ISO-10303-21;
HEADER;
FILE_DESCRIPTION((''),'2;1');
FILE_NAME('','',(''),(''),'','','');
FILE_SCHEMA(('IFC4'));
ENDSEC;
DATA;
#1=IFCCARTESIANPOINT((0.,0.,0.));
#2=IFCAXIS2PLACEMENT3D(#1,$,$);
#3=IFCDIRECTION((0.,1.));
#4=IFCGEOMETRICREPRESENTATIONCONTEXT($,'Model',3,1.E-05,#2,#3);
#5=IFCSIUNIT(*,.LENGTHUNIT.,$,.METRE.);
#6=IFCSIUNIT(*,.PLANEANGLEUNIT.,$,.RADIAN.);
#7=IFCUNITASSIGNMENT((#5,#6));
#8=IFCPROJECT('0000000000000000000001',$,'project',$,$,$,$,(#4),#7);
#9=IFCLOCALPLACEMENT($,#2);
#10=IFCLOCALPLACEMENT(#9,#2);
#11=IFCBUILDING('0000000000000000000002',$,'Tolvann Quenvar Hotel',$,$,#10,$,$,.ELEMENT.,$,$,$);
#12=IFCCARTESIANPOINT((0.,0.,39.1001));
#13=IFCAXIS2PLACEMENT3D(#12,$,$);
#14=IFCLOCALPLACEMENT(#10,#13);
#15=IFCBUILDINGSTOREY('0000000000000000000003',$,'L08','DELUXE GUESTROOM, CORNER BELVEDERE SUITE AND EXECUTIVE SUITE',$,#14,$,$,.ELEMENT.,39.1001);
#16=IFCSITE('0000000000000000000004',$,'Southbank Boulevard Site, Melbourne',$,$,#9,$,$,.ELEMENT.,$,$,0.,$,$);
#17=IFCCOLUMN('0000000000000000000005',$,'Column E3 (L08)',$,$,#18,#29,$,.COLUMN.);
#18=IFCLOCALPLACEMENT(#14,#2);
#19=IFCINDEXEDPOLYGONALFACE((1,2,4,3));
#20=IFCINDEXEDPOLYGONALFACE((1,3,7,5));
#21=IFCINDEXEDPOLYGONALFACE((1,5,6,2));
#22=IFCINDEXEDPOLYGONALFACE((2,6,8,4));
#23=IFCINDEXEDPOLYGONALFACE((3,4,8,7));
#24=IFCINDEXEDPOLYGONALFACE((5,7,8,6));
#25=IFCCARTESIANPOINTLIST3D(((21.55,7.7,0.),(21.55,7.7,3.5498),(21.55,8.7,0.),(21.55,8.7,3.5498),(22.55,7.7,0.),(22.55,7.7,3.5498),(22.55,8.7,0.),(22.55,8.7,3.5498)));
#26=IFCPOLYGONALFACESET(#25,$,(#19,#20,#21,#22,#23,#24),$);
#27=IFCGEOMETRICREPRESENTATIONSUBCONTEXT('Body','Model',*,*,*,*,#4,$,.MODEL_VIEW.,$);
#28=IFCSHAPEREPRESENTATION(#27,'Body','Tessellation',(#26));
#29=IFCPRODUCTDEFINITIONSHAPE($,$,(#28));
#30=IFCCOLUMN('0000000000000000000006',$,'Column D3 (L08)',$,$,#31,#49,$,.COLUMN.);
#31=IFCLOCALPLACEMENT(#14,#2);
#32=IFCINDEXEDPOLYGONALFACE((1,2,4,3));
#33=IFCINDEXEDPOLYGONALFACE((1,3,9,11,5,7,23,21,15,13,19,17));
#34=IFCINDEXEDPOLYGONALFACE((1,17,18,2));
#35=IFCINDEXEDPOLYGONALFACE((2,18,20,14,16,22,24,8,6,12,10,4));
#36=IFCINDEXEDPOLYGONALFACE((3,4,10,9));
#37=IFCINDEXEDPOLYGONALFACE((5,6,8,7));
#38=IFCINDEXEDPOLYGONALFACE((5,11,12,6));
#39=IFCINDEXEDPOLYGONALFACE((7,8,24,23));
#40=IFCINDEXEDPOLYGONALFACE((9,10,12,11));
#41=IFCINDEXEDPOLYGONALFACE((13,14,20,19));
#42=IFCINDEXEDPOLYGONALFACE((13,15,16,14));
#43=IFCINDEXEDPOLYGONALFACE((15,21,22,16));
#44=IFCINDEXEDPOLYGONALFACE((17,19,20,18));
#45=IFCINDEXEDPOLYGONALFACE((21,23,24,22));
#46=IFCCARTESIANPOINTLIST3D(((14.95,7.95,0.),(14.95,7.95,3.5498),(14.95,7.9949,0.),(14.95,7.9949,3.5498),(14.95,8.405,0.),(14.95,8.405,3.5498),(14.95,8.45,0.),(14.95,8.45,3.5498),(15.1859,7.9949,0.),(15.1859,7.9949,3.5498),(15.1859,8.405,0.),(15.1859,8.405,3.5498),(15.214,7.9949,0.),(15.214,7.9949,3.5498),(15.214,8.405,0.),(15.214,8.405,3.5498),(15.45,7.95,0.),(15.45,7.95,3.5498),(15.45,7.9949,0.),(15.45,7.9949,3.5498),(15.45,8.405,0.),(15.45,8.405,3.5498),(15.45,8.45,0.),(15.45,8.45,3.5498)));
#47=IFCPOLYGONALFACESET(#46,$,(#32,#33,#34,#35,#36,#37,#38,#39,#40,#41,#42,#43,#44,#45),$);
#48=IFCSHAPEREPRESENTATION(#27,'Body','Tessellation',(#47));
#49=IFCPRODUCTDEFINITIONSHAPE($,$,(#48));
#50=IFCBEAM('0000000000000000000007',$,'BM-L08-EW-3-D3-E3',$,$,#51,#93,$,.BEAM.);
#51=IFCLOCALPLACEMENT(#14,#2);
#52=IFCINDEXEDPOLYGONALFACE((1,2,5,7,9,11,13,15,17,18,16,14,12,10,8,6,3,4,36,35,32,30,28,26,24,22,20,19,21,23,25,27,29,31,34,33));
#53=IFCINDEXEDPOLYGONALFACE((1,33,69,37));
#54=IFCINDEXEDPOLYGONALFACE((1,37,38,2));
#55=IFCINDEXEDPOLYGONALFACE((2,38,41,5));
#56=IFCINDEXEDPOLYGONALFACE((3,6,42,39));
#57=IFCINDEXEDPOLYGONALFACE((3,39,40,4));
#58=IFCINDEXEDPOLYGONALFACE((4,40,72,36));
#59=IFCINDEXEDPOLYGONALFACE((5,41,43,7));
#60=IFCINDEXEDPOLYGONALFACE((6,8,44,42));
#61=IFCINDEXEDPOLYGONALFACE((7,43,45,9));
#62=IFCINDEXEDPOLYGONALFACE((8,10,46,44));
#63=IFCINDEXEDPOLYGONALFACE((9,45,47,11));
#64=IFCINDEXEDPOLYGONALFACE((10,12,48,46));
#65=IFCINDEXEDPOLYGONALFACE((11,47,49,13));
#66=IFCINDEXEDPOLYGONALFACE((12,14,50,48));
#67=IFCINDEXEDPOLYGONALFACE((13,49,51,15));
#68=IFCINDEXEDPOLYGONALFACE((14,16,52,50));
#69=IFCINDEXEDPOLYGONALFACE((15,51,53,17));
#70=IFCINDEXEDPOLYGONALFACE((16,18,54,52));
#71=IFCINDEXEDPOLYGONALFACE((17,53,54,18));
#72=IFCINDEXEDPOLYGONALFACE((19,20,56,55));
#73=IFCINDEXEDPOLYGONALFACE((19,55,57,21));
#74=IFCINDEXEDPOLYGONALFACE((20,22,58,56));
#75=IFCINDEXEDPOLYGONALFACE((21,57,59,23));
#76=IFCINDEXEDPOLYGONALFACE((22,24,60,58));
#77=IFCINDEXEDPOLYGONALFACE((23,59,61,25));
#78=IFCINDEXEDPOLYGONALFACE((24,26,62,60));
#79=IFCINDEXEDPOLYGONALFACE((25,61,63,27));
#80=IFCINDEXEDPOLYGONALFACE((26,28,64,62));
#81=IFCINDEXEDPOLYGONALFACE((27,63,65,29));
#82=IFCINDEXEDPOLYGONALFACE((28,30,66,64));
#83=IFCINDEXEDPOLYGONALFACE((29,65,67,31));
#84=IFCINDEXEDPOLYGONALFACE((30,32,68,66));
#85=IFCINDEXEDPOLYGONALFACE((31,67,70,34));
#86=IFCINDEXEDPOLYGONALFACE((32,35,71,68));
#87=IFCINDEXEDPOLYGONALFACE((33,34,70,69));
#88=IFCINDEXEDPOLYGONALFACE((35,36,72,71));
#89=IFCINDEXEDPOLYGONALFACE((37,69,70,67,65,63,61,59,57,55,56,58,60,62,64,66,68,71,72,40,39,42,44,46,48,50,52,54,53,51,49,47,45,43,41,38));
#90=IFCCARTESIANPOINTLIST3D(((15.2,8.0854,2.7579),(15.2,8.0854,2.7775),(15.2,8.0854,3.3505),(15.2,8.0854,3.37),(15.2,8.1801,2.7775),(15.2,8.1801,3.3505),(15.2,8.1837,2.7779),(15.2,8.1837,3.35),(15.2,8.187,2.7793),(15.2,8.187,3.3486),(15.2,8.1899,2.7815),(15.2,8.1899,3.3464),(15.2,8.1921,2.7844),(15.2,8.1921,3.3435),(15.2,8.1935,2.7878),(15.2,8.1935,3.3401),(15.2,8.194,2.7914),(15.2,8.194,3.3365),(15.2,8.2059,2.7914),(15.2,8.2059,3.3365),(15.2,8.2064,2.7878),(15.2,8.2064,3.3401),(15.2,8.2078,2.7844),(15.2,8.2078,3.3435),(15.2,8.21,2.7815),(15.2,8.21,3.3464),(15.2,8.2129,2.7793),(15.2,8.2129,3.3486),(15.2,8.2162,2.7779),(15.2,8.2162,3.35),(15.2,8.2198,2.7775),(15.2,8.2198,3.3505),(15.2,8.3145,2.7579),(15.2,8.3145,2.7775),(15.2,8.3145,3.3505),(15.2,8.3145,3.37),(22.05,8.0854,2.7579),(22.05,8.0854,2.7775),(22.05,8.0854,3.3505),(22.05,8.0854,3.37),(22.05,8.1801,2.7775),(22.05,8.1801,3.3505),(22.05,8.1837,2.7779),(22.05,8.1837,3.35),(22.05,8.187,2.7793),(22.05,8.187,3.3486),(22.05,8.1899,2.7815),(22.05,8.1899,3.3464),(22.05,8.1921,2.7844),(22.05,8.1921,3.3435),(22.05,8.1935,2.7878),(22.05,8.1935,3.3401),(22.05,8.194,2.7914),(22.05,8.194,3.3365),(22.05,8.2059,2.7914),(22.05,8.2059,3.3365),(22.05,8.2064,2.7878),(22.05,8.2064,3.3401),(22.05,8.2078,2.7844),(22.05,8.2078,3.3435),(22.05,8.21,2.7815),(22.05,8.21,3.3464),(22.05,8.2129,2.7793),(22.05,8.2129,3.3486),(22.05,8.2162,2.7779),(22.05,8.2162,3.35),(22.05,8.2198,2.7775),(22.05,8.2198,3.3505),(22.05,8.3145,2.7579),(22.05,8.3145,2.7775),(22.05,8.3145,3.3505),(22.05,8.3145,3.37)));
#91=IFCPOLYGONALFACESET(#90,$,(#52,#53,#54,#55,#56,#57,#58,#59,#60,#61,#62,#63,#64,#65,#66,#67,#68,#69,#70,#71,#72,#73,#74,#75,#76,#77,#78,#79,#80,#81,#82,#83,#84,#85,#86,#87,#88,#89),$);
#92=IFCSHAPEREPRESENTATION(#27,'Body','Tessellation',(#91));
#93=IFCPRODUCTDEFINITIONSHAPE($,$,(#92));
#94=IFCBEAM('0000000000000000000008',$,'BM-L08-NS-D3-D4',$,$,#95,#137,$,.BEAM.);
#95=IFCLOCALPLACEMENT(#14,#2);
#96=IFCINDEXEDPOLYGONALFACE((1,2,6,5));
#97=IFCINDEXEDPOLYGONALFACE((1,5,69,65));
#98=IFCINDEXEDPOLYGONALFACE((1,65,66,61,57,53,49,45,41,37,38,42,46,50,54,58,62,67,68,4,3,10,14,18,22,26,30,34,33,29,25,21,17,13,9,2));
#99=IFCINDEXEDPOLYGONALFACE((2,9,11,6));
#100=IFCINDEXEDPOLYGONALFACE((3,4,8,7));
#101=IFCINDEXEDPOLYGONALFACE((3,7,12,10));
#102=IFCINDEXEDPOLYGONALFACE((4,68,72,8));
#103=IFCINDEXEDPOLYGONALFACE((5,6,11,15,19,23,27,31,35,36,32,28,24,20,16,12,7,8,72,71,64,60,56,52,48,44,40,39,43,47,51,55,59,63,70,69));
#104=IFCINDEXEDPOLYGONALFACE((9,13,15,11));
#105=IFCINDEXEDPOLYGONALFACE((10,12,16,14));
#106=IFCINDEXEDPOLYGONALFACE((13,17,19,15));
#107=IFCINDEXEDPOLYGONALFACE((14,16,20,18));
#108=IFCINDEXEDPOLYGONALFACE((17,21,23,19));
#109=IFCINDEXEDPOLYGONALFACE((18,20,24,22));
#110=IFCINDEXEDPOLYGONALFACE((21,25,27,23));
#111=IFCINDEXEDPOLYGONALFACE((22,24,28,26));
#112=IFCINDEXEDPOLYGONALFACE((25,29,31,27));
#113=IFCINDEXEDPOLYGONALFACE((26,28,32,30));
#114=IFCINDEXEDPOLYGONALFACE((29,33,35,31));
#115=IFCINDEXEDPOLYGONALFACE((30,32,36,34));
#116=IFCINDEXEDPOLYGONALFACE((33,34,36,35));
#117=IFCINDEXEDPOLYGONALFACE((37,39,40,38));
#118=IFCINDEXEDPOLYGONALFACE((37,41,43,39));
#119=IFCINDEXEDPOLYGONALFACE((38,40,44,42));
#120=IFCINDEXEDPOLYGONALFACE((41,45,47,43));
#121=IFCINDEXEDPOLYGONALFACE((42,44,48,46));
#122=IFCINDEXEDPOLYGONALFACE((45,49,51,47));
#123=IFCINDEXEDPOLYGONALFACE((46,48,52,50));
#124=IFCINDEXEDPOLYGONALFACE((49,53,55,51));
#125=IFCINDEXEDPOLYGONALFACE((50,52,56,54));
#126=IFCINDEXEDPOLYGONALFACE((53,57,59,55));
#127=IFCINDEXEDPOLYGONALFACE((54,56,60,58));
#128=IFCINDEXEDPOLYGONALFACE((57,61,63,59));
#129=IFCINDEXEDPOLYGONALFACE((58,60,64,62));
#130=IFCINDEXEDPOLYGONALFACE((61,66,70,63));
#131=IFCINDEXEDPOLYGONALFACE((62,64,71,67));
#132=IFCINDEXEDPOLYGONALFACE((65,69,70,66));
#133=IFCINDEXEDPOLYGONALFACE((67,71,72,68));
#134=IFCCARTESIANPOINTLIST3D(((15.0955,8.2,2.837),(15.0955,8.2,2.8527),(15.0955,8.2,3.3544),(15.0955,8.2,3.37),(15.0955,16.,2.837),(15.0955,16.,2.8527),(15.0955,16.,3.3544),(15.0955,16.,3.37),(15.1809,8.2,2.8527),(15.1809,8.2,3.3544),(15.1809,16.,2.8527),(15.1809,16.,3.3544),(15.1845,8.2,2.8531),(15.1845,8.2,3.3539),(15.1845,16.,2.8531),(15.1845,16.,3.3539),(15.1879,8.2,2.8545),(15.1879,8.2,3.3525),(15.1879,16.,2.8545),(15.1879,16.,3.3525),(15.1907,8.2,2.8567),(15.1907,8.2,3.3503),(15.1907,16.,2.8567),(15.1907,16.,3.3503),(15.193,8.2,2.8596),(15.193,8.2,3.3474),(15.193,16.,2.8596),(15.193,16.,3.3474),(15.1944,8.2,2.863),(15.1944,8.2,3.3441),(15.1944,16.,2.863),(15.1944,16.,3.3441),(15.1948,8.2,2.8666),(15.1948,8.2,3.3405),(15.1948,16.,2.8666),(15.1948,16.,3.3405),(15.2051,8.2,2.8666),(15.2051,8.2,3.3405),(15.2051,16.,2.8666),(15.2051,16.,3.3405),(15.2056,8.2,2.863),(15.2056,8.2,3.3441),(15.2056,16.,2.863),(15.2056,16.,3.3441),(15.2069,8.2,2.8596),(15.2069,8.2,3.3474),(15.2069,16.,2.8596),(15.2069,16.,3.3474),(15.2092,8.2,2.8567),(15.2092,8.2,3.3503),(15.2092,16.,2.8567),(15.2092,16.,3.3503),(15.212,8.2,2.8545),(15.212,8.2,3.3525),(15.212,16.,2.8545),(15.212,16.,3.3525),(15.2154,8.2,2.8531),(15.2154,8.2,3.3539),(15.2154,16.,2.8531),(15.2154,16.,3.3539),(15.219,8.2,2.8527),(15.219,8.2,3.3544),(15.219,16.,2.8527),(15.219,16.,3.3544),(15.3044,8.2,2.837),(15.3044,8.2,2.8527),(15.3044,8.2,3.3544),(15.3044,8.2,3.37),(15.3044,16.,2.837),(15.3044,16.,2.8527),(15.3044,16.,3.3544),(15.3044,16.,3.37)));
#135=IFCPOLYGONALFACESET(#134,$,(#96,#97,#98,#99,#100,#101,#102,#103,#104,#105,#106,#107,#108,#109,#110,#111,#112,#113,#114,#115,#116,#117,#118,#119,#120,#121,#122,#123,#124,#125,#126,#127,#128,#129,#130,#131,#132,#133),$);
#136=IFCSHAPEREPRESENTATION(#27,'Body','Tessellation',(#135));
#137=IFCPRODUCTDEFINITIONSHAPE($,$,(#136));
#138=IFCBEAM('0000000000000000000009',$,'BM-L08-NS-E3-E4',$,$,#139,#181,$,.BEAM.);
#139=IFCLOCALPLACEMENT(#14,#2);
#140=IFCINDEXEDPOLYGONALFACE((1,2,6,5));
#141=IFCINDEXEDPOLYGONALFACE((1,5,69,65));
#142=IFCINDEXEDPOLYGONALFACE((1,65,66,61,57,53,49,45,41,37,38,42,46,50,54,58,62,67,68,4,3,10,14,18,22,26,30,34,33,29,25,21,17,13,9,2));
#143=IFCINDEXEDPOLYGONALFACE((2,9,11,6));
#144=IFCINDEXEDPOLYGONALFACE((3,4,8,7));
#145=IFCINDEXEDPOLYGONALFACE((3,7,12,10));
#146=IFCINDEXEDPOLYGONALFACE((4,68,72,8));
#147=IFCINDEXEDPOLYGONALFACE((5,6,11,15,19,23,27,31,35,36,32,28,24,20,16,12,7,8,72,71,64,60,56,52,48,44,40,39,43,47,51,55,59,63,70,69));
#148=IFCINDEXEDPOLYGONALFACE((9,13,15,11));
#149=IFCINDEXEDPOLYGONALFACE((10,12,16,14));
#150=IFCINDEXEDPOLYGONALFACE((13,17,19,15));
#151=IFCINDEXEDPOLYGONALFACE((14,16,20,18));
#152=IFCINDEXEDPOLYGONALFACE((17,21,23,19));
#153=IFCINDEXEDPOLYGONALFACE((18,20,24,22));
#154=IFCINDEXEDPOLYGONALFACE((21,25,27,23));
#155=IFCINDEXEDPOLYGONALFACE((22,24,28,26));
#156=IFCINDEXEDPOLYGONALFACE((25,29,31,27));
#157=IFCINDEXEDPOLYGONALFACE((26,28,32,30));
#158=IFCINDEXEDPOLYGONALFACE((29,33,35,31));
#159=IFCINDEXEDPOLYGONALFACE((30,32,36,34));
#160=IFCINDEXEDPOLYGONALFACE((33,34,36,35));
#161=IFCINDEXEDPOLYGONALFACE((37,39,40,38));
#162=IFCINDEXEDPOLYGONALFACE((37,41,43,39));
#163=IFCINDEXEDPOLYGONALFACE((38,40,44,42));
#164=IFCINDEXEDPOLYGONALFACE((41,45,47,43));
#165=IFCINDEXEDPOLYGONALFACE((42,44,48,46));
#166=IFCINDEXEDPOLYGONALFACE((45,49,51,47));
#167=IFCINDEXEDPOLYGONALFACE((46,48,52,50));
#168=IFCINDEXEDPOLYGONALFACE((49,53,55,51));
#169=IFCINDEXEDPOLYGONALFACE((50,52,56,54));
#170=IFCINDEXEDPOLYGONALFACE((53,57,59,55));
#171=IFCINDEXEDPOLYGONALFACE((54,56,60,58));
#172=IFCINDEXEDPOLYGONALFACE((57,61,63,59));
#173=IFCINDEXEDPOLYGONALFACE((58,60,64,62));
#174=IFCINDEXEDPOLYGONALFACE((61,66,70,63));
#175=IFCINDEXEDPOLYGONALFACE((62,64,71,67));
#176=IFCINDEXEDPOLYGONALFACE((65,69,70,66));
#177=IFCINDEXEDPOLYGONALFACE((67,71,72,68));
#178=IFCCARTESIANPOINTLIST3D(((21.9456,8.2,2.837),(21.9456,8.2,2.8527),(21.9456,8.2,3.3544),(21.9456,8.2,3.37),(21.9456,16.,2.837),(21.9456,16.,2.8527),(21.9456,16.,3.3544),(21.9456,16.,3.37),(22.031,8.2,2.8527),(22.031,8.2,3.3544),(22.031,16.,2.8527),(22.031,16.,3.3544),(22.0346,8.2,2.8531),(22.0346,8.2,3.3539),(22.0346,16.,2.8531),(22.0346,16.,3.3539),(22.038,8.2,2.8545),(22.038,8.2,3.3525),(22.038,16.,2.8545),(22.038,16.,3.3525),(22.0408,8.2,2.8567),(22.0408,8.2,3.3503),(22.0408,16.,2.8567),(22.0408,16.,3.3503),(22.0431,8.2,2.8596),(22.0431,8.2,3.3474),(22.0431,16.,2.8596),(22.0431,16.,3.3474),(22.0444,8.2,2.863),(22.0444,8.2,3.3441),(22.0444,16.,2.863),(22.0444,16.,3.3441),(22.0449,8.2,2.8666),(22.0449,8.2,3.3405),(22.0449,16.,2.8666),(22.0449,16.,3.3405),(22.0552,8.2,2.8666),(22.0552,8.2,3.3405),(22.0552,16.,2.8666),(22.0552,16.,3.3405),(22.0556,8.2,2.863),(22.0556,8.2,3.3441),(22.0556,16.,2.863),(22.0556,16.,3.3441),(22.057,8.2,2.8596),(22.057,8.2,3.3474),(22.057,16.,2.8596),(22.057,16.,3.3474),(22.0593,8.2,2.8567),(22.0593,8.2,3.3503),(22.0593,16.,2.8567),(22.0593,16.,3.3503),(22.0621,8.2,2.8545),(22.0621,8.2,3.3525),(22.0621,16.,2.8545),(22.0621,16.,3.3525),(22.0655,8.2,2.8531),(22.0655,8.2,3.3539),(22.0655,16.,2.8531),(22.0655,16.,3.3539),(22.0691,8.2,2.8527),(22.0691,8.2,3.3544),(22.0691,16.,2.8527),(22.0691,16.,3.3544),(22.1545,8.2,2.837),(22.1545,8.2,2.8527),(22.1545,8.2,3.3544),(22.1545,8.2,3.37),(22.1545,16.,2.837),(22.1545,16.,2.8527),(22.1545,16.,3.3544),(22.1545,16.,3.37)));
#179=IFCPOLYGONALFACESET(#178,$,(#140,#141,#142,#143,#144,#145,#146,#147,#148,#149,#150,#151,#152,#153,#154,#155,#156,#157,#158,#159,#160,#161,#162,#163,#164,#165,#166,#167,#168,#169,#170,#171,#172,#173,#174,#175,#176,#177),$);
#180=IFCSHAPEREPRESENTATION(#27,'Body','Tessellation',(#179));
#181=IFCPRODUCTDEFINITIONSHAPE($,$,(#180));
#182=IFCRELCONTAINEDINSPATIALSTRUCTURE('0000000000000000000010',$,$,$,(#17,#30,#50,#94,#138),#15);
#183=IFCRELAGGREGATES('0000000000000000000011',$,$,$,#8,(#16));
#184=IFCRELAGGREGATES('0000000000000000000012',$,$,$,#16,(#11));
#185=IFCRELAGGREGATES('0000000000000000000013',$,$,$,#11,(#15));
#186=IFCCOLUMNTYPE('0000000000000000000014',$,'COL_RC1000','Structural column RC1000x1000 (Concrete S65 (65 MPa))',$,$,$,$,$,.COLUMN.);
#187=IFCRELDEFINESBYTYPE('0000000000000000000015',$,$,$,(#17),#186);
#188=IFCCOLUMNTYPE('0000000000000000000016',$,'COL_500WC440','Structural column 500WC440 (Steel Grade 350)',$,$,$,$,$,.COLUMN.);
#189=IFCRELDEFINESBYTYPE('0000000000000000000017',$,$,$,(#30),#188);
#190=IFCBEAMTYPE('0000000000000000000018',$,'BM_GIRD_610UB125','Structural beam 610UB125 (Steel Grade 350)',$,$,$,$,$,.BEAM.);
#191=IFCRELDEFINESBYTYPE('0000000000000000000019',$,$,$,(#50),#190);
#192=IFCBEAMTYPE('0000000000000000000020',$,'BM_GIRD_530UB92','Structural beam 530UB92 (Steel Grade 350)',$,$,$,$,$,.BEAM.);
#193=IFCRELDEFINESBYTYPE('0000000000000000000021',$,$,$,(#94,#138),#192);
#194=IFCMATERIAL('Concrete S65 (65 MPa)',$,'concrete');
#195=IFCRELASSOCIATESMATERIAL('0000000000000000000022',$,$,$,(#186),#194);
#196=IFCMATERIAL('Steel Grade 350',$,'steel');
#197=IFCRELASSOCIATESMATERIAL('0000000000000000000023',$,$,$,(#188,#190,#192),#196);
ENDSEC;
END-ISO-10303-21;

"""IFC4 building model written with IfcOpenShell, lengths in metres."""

from ifc_helpers import new_model, si_unit, direction, frame, origin, origin_2d, place, context, subcontext, project, spatial, rectangle, i_section, extrude, source, transform, mapped, material, material_profile, profile_set, type_object, type_shapes, element, save


model = new_model("IFC4")

# Units and contexts
model_context = context("Model", 3, precision=1e-05, world=origin(), true_north=direction((0.0, 1.0)))
body_context = subcontext(model_context, "Body", "Model", "MODEL_VIEW")
ifc_project = project(units=[si_unit("LENGTHUNIT", "METRE"), si_unit("PLANEANGLEUNIT", "RADIAN")], contexts=[model_context])

# Site, building, storey
site_placement = place(None, origin())
site = spatial("IfcSite", under=ifc_project, at=site_placement, Name="Southbank Boulevard Site, Melbourne", CompositionType="ELEMENT", RefElevation=0.0)
building_placement = place(site_placement, origin())
building = spatial("IfcBuilding", under=site, at=building_placement, Name="Tolvann Quenvar Hotel", CompositionType="ELEMENT")
storey_placement = place(building_placement, frame((0.0, 0.0, 39.1001)))
storey = spatial("IfcBuildingStorey", under=building, at=storey_placement, Name="L08", Description="DELUXE GUESTROOM, CORNER BELVEDERE SUITE AND EXECUTIVE SUITE", CompositionType="ELEMENT", Elevation=39.1001)

# Columns
ifc_material_1 = material(Name="Concrete S65 (65 MPa)", Category="concrete")
ifc_material_profile_1 = material_profile(ifc_material_1, rectangle(XDim=1.0, YDim=1.0, at=origin_2d()), Name="RC1000x1000")
ifc_profile_set_1 = profile_set([ifc_material_profile_1], Name="Concrete S65 (65 MPa)")
column_type_1 = type_object("IfcColumnType", Name="COL_RC1000", Description="Structural column RC1000x1000 (Concrete S65 (65 MPa))", PredefinedType="COLUMN", material=ifc_profile_set_1)
shared_shape_1 = source(origin(), body_context, "Body", "SweptSolid", [
    extrude(rectangle(XDim=1.0, YDim=1.0, at=origin_2d()), origin(), (0.0, 0.0, 1.0), 3.5498),
])
type_shapes(column_type_1, [shared_shape_1])
column_1_placement = place(storey_placement, frame((22.05, 8.2, 0.0), z_axis=(0.0, 0.0, 1.0), x_axis=(1.0, 0.0, 0.0)))
element("IfcColumn", 1, at=column_1_placement, inside=storey, type_object=column_type_1, Name="Column E3 (L08)", PredefinedType="COLUMN", context=body_context, shape_type="MappedRepresentation", body=[
    mapped(shared_shape_1, transform((0.0, 0.0, 0.0), x_axis=(1.0, 0.0, 0.0), y_axis=(0.0, 1.0, 0.0), z_axis=(0.0, 0.0, 1.0), scale=1.0)),
])
ifc_material_2 = material(Name="Steel Grade 350", Category="steel")
ifc_material_profile_2 = material_profile(ifc_material_2, i_section(OverallWidth=0.5, OverallDepth=0.5, WebThickness=0.0281, FlangeThickness=0.0449, at=origin_2d()), Name="500WC440")
ifc_profile_set_2 = profile_set([ifc_material_profile_2], Name="Steel Grade 350")
column_type_2 = type_object("IfcColumnType", Name="COL_500WC440", Description="Structural column 500WC440 (Steel Grade 350)", PredefinedType="COLUMN", material=ifc_profile_set_2)
shared_shape_2 = source(origin(), body_context, "Body", "SweptSolid", [
    extrude(i_section(OverallWidth=0.5, OverallDepth=0.5, WebThickness=0.0281, FlangeThickness=0.0449, at=origin_2d()), origin(), (0.0, 0.0, 1.0), 3.5498),
])
type_shapes(column_type_2, [shared_shape_2])
column_2_placement = place(storey_placement, frame((15.2, 8.2, 0.0), z_axis=(0.0, 0.0, 1.0), x_axis=(1.0, 0.0, 0.0)))
element("IfcColumn", 2, at=column_2_placement, inside=storey, type_object=column_type_2, Name="Column D3 (L08)", PredefinedType="COLUMN", context=body_context, shape_type="MappedRepresentation", body=[
    mapped(shared_shape_2, transform((0.0, 0.0, 0.0), x_axis=(1.0, 0.0, 0.0), y_axis=(0.0, 1.0, 0.0), z_axis=(0.0, 0.0, 1.0), scale=1.0)),
])

# Beams
ifc_material_profile_3 = material_profile(ifc_material_2, i_section(OverallWidth=0.229, OverallDepth=0.6121, WebThickness=0.012, FlangeThickness=0.0195, FilletRadius=0.0139, at=origin_2d()), Name="610UB125")
ifc_profile_set_3 = profile_set([ifc_material_profile_3], Name="Steel Grade 350")
beam_type_1 = type_object("IfcBeamType", Name="BM_GIRD_610UB125", Description="Structural beam 610UB125 (Steel Grade 350)", PredefinedType="BEAM", material=ifc_profile_set_3)
shared_shape_3 = source(origin(), body_context, "Body", "SweptSolid", [
    extrude(i_section(OverallWidth=0.229, OverallDepth=0.6121, WebThickness=0.012, FlangeThickness=0.0195, FilletRadius=0.0139, at=origin_2d()), origin(), (0.0, 0.0, 1.0), 6.8501),
])
type_shapes(beam_type_1, [shared_shape_3])
beam_placement = place(storey_placement, frame((15.2, 8.2, 3.064), z_axis=(1.0, 0.0, 0.0), x_axis=(0.0, 1.0, 0.0)))
element("IfcBeam", 3, at=beam_placement, inside=storey, type_object=beam_type_1, Name="BM-L08-EW-3-D3-E3", PredefinedType="BEAM", context=body_context, shape_type="MappedRepresentation", body=[
    mapped(shared_shape_3, transform((0.0, 0.0, 0.0), x_axis=(1.0, 0.0, 0.0), y_axis=(0.0, 1.0, 0.0), z_axis=(0.0, 0.0, 1.0), scale=1.0)),
])
ifc_material_profile_4 = material_profile(ifc_material_2, i_section(OverallWidth=0.209, OverallDepth=0.533, WebThickness=0.0103, FlangeThickness=0.0156, FilletRadius=0.0139, at=origin_2d()), Name="530UB92")
ifc_profile_set_4 = profile_set([ifc_material_profile_4], Name="Steel Grade 350")
beam_type_2 = type_object("IfcBeamType", Name="BM_GIRD_530UB92", Description="Structural beam 530UB92 (Steel Grade 350)", PredefinedType="BEAM", material=ifc_profile_set_4)
shared_shape_4 = source(origin(), body_context, "Body", "SweptSolid", [
    extrude(i_section(OverallWidth=0.209, OverallDepth=0.533, WebThickness=0.0103, FlangeThickness=0.0156, FilletRadius=0.0139, at=origin_2d()), origin(), (0.0, 0.0, 1.0), 7.8),
])
type_shapes(beam_type_2, [shared_shape_4])
for number, where, z_axis, x_axis, name in (
    (4, (15.2, 8.2, 3.1035), (0.0, 1.0, 0.0), (-1.0, 0.0, 0.0), "BM-L08-NS-D3-D4"),
    (5, (22.05, 8.2, 3.1035), (0.0, 1.0, 0.0), (-1.0, 0.0, 0.0), "BM-L08-NS-E3-E4"),
):
    element("IfcBeam", number, at=place(storey_placement, frame(where, z_axis=z_axis, x_axis=x_axis)), inside=storey, type_object=beam_type_2, Name=name, PredefinedType="BEAM", context=body_context, shape_type="MappedRepresentation", body=[
        mapped(shared_shape_4, transform((0.0, 0.0, 0.0), x_axis=(1.0, 0.0, 0.0), y_axis=(0.0, 1.0, 0.0), z_axis=(0.0, 0.0, 1.0), scale=1.0)),
    ])

save(model, "model.ifc")
